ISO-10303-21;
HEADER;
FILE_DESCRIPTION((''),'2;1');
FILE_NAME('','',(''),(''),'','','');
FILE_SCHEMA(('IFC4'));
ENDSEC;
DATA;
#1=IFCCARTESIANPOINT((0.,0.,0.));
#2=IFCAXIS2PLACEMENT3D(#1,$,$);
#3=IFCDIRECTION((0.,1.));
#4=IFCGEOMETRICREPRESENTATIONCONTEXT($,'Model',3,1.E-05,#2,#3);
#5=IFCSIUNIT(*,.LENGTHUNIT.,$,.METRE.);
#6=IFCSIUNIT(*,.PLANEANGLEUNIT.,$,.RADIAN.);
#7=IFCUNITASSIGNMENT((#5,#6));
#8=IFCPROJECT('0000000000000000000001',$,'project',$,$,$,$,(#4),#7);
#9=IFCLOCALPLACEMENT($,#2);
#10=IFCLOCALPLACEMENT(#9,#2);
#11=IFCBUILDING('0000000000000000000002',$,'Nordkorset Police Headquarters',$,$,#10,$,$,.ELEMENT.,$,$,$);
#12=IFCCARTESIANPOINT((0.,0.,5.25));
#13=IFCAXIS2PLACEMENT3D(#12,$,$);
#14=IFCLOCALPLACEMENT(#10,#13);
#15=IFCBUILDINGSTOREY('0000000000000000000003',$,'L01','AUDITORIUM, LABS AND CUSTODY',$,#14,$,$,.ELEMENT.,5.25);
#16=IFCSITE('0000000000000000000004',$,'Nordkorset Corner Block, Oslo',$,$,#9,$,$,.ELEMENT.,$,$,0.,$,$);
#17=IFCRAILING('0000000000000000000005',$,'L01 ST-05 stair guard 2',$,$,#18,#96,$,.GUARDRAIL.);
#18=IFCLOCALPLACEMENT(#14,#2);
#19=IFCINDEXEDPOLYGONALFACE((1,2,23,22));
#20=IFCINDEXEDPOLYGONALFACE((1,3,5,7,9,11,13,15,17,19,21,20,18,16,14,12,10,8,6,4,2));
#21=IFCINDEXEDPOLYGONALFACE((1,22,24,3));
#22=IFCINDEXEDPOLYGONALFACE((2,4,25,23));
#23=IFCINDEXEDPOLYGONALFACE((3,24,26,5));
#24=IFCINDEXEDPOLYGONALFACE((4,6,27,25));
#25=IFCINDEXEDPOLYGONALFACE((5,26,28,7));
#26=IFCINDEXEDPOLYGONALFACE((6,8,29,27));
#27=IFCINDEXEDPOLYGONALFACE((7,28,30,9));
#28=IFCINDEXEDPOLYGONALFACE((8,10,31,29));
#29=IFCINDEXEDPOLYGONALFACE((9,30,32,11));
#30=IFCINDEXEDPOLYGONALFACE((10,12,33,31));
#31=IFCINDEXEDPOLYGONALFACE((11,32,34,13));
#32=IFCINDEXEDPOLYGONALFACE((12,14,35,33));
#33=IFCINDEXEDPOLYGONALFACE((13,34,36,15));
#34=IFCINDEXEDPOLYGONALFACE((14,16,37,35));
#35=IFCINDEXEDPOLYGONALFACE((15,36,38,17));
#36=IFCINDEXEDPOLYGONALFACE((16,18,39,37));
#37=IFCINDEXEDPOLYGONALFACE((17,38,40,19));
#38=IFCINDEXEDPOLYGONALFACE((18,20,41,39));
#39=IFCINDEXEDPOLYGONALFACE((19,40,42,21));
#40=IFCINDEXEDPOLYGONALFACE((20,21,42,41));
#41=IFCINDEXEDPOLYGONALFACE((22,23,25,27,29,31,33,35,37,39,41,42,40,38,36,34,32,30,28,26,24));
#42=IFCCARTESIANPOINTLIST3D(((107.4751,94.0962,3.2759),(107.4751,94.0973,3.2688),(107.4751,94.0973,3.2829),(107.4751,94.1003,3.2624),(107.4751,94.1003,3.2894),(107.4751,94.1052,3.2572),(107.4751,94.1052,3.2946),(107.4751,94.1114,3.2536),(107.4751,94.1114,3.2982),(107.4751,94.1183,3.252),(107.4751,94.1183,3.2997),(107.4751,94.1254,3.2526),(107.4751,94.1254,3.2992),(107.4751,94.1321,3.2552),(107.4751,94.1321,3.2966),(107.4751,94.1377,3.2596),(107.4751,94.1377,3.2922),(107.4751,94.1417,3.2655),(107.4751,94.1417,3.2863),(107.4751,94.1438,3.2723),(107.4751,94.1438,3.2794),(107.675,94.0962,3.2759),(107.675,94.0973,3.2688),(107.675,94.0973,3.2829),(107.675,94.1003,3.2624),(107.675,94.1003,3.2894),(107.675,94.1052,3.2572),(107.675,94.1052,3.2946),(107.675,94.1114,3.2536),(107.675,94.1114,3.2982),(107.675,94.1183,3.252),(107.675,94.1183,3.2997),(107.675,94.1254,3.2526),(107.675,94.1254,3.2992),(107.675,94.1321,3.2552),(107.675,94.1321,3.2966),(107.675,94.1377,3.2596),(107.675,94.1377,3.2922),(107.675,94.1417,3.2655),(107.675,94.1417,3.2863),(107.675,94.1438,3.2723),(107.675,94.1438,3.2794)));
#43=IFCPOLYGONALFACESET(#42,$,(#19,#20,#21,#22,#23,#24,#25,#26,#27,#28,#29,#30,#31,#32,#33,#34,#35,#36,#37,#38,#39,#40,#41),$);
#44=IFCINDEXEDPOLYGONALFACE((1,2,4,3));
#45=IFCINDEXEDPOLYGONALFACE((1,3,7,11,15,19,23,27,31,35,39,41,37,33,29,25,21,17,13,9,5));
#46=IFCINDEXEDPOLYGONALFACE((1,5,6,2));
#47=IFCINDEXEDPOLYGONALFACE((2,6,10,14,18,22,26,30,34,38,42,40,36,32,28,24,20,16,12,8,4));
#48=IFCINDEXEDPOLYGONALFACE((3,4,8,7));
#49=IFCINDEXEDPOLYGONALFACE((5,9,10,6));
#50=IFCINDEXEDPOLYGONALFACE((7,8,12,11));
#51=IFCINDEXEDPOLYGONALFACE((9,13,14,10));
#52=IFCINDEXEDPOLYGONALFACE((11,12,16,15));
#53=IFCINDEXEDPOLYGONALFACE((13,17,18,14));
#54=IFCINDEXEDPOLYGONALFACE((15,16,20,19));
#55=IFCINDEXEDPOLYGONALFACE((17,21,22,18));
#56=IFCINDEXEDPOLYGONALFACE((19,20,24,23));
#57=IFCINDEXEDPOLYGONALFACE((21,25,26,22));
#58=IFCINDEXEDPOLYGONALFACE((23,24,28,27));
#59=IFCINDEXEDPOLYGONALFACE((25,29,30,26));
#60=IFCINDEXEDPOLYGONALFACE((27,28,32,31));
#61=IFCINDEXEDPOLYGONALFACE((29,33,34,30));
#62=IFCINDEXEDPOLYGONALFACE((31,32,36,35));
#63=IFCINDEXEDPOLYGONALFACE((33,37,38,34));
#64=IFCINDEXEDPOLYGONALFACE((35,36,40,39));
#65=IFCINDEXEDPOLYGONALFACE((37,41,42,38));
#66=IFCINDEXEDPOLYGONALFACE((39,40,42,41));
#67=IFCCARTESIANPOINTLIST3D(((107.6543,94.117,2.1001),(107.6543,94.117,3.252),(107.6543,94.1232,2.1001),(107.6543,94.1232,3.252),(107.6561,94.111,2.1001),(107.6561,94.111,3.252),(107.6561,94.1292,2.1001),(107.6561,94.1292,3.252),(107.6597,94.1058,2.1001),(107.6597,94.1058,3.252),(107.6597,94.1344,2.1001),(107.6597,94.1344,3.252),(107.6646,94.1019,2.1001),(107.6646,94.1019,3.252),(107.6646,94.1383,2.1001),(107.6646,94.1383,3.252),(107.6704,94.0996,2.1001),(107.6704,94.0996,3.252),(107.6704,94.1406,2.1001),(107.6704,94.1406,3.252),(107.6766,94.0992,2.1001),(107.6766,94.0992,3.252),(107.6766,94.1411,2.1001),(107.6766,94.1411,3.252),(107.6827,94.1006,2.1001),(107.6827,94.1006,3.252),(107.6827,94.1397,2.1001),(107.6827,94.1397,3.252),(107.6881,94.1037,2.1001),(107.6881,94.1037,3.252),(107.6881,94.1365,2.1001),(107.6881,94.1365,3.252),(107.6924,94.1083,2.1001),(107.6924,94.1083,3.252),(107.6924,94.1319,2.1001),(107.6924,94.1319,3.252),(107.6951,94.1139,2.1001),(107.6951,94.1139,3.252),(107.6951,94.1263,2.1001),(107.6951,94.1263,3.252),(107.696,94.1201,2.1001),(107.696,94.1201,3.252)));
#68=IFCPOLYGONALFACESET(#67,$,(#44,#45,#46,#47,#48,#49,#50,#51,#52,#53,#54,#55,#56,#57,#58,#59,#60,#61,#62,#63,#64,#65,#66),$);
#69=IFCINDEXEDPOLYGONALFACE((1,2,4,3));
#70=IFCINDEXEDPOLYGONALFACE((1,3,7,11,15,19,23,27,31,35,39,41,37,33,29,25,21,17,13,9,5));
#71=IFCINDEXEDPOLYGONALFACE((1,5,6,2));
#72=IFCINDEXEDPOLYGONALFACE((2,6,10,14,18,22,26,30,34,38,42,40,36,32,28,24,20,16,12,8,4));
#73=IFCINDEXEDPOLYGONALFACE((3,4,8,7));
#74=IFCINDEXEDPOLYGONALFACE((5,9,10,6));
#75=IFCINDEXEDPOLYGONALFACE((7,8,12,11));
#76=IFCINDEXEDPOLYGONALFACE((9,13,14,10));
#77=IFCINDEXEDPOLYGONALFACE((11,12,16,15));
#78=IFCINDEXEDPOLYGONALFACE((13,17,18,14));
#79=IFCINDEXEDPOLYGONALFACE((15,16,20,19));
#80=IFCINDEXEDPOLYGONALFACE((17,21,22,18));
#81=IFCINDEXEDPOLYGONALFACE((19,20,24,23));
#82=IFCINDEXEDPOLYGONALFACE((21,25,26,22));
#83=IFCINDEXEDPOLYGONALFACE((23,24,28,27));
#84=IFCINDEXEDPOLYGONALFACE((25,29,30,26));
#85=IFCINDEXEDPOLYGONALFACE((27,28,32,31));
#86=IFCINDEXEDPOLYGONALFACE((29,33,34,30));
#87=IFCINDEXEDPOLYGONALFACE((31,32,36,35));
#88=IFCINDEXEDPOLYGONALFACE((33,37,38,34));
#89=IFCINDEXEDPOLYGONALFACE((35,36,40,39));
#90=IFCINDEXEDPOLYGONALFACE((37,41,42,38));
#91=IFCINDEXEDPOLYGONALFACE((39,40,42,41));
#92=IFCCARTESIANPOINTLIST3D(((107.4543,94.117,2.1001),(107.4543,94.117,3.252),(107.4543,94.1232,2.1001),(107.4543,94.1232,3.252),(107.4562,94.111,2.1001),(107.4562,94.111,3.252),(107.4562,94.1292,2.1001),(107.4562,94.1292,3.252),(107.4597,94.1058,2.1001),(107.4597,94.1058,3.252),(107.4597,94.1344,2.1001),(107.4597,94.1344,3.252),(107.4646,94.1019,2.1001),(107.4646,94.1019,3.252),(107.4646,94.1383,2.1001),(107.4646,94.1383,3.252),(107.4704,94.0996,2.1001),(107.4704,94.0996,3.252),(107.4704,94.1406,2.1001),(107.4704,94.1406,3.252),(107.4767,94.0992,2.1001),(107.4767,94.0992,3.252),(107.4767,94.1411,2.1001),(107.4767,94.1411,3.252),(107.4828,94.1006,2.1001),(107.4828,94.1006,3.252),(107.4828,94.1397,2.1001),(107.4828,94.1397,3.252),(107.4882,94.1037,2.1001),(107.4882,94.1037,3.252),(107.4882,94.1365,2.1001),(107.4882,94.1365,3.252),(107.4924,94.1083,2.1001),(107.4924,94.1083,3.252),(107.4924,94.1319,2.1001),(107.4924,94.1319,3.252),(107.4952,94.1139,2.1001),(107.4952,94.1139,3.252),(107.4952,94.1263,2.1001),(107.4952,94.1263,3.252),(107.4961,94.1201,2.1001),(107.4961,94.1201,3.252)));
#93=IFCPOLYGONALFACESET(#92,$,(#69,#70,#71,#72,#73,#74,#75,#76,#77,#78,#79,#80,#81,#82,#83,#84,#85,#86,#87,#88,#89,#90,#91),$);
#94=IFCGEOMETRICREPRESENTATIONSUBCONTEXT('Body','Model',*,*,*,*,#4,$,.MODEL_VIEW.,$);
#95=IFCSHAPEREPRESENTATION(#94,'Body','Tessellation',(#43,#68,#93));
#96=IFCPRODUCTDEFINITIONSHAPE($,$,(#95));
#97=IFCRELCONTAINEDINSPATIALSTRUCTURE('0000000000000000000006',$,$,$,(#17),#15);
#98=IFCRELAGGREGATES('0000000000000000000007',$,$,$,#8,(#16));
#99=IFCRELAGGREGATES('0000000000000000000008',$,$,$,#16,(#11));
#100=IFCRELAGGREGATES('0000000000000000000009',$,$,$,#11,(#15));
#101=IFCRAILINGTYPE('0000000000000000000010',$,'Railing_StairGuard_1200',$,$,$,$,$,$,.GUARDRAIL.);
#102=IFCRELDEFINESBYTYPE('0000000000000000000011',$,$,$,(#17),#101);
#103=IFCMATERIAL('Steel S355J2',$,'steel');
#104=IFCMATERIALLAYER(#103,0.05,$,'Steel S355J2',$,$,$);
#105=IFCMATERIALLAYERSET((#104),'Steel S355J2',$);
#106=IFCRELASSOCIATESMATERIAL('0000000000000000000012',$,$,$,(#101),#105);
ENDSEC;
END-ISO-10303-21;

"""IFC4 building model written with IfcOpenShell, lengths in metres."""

from ifc_helpers import new_model, si_unit, direction, frame, origin, origin_2d, place, context, subcontext, project, spatial, circle, extrude, material, layer, layer_set, type_object, element, save


model = new_model("IFC4")

# Units and contexts
model_context = context("Model", 3, precision=1e-05, world=origin(), true_north=direction((0.0, 1.0)))
body_context = subcontext(model_context, "Body", "Model", "MODEL_VIEW")
ifc_project = project(units=[si_unit("LENGTHUNIT", "METRE"), si_unit("PLANEANGLEUNIT", "RADIAN")], contexts=[model_context])

# Site, building, storey
site_placement = place(None, origin())
site = spatial("IfcSite", under=ifc_project, at=site_placement, Name="Nordkorset Corner Block, Oslo", CompositionType="ELEMENT", RefElevation=0.0)
building_placement = place(site_placement, origin())
building = spatial("IfcBuilding", under=site, at=building_placement, Name="Nordkorset Police Headquarters", CompositionType="ELEMENT")
storey_placement = place(building_placement, frame((0.0, 0.0, 5.25)))
storey = spatial("IfcBuildingStorey", under=building, at=storey_placement, Name="L01", Description="AUDITORIUM, LABS AND CUSTODY", CompositionType="ELEMENT", Elevation=5.25)

# Railing
ifc_material_1 = material(Name="Steel S355J2", Category="steel")
ifc_layer_1 = layer(ifc_material_1, 0.05, Name="Steel S355J2")
ifc_layer_set_1 = layer_set([ifc_layer_1], Name="Steel S355J2")
railing_type_1 = type_object("IfcRailingType", Name="Railing_StairGuard_1200", PredefinedType="GUARDRAIL", material=ifc_layer_set_1)
railing_1_placement = place(storey_placement, frame((107.675, 94.1201, 2.1001)))
element("IfcRailing", 1, at=railing_1_placement, inside=storey, type_object=railing_type_1, Name="L01 ST-05 stair guard 2", PredefinedType="GUARDRAIL", context=body_context, shape_type="SweptSolid", body=[
    extrude(circle(Radius=0.0239, at=origin_2d()), frame((0.0, 0.0, 1.1758), z_axis=(-1.0, 0.0, 0.0), x_axis=(0.0, -1.0, 0.0)), (0.0, 0.0, 1.0), 0.2),
    extrude(circle(Radius=0.021, at=origin_2d()), origin(), (0.0, 0.0, 1.0), 1.1519),
    extrude(circle(Radius=0.021, at=origin_2d()), frame((-0.2, 0.0, 0.0)), (0.0, 0.0, 1.0), 1.1519),
])

save(model, "model.ifc")
